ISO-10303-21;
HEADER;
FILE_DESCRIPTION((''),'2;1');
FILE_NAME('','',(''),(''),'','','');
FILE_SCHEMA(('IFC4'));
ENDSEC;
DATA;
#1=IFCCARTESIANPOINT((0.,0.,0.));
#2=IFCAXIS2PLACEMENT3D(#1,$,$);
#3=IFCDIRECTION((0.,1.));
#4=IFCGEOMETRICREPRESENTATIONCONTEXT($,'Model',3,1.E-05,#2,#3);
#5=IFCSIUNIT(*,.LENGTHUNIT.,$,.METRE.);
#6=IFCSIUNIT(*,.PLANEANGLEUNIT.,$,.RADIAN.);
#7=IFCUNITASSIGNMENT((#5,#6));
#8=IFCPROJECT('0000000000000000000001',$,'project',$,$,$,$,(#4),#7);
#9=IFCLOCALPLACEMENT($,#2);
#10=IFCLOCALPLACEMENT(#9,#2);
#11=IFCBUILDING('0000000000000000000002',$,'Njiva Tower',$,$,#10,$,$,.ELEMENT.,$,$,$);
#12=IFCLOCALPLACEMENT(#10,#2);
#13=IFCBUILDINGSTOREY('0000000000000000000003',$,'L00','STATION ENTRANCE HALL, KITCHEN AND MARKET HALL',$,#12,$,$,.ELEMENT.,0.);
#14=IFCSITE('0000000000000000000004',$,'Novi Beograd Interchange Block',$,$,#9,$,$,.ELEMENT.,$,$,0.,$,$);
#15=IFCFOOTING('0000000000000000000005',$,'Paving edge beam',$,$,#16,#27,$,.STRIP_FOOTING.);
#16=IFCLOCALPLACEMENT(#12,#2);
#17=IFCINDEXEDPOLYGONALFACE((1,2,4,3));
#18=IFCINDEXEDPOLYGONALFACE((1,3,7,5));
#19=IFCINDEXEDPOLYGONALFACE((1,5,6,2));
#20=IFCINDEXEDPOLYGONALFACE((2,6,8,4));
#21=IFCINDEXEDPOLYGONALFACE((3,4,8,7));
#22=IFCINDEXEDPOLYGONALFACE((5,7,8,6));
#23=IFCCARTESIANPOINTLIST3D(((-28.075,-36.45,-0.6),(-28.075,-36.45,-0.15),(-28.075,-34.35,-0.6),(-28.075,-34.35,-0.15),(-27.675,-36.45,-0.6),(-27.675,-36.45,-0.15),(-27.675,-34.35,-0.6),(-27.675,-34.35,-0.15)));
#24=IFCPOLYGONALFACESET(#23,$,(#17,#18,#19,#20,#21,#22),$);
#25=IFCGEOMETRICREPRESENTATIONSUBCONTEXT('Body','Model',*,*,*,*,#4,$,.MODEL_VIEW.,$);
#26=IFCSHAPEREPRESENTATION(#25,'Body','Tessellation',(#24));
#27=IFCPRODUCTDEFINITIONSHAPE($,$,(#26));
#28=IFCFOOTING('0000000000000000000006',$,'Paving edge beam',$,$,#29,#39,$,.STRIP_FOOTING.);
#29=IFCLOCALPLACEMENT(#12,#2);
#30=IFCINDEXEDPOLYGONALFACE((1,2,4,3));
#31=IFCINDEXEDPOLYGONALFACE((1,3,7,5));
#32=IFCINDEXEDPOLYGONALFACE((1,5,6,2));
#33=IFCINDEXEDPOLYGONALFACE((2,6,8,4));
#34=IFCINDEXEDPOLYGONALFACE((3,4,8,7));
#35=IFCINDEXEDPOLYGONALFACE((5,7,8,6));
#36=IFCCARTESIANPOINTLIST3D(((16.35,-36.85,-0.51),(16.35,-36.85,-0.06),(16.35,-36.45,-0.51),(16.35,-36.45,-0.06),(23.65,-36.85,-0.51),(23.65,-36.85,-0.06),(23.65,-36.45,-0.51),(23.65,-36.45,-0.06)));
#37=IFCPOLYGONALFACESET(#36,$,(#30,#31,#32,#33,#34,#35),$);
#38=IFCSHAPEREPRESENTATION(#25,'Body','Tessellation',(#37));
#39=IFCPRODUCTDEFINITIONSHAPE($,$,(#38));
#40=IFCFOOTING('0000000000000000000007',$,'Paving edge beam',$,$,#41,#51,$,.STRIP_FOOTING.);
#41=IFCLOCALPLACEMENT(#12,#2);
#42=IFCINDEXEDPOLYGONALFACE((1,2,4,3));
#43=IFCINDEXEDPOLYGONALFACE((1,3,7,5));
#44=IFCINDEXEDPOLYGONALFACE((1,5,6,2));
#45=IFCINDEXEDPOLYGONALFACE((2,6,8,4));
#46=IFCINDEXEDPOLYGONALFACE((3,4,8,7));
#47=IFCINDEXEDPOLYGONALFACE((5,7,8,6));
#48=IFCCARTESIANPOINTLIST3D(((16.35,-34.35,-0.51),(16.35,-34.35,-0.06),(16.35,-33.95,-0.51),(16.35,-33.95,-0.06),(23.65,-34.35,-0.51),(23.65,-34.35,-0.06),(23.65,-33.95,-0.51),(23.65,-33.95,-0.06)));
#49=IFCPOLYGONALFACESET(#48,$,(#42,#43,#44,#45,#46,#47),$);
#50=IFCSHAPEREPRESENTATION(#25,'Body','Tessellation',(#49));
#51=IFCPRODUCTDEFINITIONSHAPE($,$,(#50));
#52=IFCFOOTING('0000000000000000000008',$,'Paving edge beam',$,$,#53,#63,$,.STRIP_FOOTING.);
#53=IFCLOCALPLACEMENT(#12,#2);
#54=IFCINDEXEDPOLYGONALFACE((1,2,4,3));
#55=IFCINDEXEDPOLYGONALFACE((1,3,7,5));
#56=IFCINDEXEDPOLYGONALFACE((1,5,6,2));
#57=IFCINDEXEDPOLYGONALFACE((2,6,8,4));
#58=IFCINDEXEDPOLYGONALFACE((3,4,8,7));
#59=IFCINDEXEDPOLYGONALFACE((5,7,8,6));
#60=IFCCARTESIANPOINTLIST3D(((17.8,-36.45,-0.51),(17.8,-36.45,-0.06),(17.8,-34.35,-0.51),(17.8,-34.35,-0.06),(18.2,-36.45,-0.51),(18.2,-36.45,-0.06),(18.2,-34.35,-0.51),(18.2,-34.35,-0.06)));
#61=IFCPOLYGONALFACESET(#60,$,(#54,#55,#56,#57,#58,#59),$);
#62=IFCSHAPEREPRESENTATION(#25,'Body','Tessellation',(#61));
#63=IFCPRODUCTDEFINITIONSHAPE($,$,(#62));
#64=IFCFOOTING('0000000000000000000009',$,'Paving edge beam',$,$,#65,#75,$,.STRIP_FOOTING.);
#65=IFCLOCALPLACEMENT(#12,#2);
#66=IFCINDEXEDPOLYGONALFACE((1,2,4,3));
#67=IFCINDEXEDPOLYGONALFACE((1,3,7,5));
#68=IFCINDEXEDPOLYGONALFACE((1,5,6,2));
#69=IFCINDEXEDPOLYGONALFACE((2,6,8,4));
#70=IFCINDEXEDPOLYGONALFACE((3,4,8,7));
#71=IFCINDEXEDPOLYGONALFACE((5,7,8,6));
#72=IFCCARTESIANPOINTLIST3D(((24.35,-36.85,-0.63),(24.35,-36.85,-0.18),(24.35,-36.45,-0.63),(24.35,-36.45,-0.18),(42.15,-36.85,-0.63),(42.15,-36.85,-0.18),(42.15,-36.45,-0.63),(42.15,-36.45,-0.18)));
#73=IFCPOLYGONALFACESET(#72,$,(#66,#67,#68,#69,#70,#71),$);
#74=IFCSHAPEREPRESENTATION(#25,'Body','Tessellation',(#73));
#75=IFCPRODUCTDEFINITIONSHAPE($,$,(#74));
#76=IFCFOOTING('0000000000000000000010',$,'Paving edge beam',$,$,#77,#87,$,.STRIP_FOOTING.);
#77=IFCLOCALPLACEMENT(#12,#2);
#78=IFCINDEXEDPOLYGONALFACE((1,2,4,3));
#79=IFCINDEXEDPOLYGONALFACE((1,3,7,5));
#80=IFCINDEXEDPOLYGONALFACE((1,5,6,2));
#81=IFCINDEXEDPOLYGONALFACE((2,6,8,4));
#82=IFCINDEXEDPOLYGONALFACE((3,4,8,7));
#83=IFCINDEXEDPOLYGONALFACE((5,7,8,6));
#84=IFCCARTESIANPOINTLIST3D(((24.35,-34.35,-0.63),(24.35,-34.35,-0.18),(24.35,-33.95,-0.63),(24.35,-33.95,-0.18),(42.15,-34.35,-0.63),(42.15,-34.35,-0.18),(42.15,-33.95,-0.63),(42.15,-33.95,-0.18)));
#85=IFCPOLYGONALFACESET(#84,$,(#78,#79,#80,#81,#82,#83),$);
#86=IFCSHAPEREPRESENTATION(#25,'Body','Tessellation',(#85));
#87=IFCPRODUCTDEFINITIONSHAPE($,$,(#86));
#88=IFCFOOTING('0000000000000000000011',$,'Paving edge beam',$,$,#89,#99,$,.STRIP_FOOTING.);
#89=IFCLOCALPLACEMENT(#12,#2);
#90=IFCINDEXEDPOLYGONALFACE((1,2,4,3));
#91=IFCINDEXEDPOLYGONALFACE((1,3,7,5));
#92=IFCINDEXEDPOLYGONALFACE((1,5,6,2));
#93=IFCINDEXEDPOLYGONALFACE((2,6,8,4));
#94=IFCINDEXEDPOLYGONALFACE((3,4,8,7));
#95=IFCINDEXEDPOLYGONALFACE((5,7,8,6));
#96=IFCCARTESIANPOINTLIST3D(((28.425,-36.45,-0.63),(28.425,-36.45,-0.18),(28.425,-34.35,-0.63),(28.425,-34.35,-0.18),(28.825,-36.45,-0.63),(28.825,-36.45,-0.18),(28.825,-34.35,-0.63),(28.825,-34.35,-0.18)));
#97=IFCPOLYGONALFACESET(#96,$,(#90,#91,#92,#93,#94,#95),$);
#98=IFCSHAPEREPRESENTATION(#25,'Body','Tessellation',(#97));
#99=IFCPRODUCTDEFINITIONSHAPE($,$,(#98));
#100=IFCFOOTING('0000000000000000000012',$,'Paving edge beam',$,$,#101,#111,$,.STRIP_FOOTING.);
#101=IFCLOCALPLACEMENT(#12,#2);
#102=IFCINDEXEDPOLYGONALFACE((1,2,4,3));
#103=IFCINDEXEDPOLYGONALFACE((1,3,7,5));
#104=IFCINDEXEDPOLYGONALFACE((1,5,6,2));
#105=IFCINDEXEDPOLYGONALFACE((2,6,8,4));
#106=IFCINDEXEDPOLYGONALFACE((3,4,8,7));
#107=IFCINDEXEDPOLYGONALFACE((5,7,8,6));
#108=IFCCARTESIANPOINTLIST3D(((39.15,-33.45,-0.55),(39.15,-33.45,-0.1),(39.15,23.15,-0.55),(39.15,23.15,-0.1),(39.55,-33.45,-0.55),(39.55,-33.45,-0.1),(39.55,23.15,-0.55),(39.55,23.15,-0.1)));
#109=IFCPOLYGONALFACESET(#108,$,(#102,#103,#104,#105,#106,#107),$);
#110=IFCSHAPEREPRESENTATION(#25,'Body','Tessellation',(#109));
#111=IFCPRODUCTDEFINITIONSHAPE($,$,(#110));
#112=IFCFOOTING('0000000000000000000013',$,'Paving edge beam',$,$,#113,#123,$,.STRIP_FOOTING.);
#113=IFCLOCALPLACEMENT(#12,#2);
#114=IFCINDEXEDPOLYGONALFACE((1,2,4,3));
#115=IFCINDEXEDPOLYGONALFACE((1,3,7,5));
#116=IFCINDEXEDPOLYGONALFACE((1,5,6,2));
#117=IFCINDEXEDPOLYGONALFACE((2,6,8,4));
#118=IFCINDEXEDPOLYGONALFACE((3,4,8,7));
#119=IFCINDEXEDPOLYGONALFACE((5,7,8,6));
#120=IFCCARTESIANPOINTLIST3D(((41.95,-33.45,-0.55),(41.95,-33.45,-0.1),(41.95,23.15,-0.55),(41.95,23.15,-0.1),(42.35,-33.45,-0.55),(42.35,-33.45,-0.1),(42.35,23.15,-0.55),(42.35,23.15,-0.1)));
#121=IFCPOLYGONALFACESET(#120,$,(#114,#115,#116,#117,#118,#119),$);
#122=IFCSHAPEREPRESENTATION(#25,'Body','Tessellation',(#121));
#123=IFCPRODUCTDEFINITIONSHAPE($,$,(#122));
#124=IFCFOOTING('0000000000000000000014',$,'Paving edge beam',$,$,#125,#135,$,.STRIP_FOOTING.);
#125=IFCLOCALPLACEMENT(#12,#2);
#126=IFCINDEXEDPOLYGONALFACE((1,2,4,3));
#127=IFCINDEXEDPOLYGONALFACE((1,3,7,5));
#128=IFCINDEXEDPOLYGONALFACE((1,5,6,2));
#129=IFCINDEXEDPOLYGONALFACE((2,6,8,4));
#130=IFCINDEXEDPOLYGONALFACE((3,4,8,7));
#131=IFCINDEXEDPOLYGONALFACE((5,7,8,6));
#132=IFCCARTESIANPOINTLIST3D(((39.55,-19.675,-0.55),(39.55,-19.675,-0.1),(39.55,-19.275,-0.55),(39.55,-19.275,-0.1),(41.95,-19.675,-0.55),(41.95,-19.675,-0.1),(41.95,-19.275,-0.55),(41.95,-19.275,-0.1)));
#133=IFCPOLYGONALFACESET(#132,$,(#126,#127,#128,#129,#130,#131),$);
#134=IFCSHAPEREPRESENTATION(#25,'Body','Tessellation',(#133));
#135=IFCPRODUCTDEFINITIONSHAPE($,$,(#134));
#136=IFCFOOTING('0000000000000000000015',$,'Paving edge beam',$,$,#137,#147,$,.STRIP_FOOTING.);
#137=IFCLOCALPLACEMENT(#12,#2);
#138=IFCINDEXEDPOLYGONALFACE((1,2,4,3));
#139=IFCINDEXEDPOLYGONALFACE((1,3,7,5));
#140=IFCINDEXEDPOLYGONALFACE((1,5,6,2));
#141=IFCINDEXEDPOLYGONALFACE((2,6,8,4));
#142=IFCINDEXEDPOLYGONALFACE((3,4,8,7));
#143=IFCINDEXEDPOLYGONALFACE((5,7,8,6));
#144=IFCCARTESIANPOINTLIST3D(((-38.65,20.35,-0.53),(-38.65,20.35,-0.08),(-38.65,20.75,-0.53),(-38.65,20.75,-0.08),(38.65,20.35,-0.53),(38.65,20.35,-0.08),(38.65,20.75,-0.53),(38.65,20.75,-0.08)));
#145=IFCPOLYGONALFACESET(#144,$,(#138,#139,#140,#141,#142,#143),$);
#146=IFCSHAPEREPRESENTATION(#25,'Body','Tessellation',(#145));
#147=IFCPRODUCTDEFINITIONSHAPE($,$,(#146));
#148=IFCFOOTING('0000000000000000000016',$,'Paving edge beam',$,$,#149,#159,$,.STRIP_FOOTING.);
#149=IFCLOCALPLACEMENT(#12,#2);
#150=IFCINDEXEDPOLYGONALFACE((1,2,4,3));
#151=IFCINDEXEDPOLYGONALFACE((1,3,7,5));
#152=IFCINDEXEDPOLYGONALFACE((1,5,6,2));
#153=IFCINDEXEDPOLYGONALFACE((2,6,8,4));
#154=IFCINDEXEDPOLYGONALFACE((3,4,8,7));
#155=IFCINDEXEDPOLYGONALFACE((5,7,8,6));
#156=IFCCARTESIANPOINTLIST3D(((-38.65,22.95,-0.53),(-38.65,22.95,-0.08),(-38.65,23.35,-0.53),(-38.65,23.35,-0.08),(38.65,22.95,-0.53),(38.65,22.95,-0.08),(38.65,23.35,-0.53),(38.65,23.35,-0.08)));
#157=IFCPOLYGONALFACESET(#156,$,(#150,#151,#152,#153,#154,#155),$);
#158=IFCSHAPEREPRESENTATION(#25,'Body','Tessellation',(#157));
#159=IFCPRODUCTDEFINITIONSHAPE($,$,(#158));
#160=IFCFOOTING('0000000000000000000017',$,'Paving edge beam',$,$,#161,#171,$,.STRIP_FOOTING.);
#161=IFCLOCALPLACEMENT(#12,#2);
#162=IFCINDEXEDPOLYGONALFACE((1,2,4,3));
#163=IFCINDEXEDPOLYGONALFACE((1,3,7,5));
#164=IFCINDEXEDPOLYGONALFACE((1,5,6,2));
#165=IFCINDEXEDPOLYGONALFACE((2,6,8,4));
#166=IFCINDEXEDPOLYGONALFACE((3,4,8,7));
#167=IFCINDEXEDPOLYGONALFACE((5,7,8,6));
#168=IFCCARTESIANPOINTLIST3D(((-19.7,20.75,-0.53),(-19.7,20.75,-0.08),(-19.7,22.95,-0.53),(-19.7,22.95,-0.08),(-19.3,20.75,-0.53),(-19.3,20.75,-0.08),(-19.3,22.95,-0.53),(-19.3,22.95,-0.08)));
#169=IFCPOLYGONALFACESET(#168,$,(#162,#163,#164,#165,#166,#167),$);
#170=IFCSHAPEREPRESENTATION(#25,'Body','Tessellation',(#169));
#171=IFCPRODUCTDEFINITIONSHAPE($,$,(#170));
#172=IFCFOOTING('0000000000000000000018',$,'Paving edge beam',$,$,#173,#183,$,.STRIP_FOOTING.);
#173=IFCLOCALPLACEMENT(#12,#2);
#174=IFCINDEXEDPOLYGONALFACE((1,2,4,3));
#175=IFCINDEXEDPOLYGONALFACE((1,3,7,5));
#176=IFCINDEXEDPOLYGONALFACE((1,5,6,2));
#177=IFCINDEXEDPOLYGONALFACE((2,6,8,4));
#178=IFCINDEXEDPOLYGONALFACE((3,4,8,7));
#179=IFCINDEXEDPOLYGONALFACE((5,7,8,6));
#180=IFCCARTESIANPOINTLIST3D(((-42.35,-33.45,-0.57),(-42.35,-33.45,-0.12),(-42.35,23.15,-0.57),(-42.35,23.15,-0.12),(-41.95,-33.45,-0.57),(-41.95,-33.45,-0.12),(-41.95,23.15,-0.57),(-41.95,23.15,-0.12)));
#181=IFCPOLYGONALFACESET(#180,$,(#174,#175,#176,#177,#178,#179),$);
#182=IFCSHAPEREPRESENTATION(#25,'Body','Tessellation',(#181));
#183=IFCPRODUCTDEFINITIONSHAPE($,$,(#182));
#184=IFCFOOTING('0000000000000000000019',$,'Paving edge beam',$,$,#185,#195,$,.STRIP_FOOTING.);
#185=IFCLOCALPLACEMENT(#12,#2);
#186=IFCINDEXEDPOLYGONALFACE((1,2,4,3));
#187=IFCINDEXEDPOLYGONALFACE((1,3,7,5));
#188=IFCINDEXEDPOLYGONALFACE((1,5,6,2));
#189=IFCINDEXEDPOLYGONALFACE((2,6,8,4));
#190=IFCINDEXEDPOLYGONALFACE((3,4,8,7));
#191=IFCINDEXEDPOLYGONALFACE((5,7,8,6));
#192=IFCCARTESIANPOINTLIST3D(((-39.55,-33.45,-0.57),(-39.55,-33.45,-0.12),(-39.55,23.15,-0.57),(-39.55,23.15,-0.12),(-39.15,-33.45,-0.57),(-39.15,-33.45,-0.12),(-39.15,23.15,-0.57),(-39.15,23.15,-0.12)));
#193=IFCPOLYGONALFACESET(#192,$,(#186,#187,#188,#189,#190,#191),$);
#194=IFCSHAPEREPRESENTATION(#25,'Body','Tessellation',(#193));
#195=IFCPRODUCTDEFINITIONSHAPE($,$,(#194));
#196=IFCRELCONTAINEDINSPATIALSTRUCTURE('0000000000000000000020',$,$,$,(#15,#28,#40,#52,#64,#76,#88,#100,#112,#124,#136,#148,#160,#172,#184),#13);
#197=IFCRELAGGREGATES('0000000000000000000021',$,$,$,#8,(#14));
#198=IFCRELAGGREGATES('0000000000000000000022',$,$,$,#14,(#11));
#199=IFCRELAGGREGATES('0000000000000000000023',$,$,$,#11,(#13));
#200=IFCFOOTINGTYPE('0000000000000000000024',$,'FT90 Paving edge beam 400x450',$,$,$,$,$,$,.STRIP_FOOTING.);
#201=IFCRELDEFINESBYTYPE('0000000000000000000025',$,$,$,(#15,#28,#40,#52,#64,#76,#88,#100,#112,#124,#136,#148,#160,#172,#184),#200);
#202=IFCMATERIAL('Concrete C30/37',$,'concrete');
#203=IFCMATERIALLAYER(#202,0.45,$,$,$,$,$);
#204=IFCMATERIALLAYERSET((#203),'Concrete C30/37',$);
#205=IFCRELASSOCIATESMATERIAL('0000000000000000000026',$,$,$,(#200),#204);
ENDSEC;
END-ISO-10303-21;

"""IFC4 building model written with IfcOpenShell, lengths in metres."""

from ifc_helpers import new_model, si_unit, direction, frame, origin, place, context, subcontext, project, spatial, polyline, outline, extrude, material, layer, layer_set, type_object, element, save


model = new_model("IFC4")

# Units and contexts
model_context = context("Model", 3, precision=1e-05, world=origin(), true_north=direction((0.0, 1.0)))
body_context = subcontext(model_context, "Body", "Model", "MODEL_VIEW")
ifc_project = project(units=[si_unit("LENGTHUNIT", "METRE"), si_unit("PLANEANGLEUNIT", "RADIAN")], contexts=[model_context])

# Site, building, storey
site_placement = place(None, origin())
site = spatial("IfcSite", under=ifc_project, at=site_placement, Name="Novi Beograd Interchange Block", CompositionType="ELEMENT", RefElevation=0.0)
building_placement = place(site_placement, origin())
building = spatial("IfcBuilding", under=site, at=building_placement, Name="Njiva Tower", CompositionType="ELEMENT")
storey_placement = place(building_placement, origin())
storey = spatial("IfcBuildingStorey", under=building, at=storey_placement, Name="L00", Description="STATION ENTRANCE HALL, KITCHEN AND MARKET HALL", CompositionType="ELEMENT", Elevation=0.0)

# Footings
ifc_material_1 = material(Name="Concrete C30/37", Category="concrete")
ifc_layer_1 = layer(ifc_material_1, 0.45)
ifc_layer_set_1 = layer_set([ifc_layer_1], Name="Concrete C30/37")
footing_type = type_object("IfcFootingType", Name="FT90 Paving edge beam 400x450", PredefinedType="STRIP_FOOTING", material=ifc_layer_set_1)
footing_1_placement = place(storey_placement, frame((0.0, 0.0, -0.6)))
element("IfcFooting", 1, at=footing_1_placement, inside=storey, type_object=footing_type, Name="Paving edge beam", PredefinedType="STRIP_FOOTING", context=body_context, shape_type="SweptSolid", body=[
    extrude(outline(polyline([(-27.675, -36.45), (-27.675, -34.35), (-28.075, -34.35), (-28.075, -36.45), (-27.675, -36.45)])), origin(), (0.0, 0.0, 1.0), 0.45),
])
footing_2_placement = place(storey_placement, frame((0.0, 0.0, -0.51)))
element("IfcFooting", 2, at=footing_2_placement, inside=storey, type_object=footing_type, Name="Paving edge beam", PredefinedType="STRIP_FOOTING", context=body_context, shape_type="SweptSolid", body=[
    extrude(outline(polyline([(23.65, -36.85), (23.65, -36.45), (16.35, -36.45), (16.35, -36.85), (23.65, -36.85)])), origin(), (0.0, 0.0, 1.0), 0.45),
])
footing_3_placement = place(storey_placement, frame((0.0, 0.0, -0.51)))
element("IfcFooting", 3, at=footing_3_placement, inside=storey, type_object=footing_type, Name="Paving edge beam", PredefinedType="STRIP_FOOTING", context=body_context, shape_type="SweptSolid", body=[
    extrude(outline(polyline([(23.65, -34.35), (23.65, -33.95), (16.35, -33.95), (16.35, -34.35), (23.65, -34.35)])), origin(), (0.0, 0.0, 1.0), 0.45),
])
footing_4_placement = place(storey_placement, frame((0.0, 0.0, -0.51)))
element("IfcFooting", 4, at=footing_4_placement, inside=storey, type_object=footing_type, Name="Paving edge beam", PredefinedType="STRIP_FOOTING", context=body_context, shape_type="SweptSolid", body=[
    extrude(outline(polyline([(18.2, -36.45), (18.2, -34.35), (17.8, -34.35), (17.8, -36.45), (18.2, -36.45)])), origin(), (0.0, 0.0, 1.0), 0.45),
])
footing_5_placement = place(storey_placement, frame((0.0, 0.0, -0.63)))
element("IfcFooting", 5, at=footing_5_placement, inside=storey, type_object=footing_type, Name="Paving edge beam", PredefinedType="STRIP_FOOTING", context=body_context, shape_type="SweptSolid", body=[
    extrude(outline(polyline([(42.15, -36.85), (42.15, -36.45), (24.35, -36.45), (24.35, -36.85), (42.15, -36.85)])), origin(), (0.0, 0.0, 1.0), 0.45),
])
footing_6_placement = place(storey_placement, frame((0.0, 0.0, -0.63)))
element("IfcFooting", 6, at=footing_6_placement, inside=storey, type_object=footing_type, Name="Paving edge beam", PredefinedType="STRIP_FOOTING", context=body_context, shape_type="SweptSolid", body=[
    extrude(outline(polyline([(42.15, -34.35), (42.15, -33.95), (24.35, -33.95), (24.35, -34.35), (42.15, -34.35)])), origin(), (0.0, 0.0, 1.0), 0.45),
])
footing_7_placement = place(storey_placement, frame((0.0, 0.0, -0.63)))
element("IfcFooting", 7, at=footing_7_placement, inside=storey, type_object=footing_type, Name="Paving edge beam", PredefinedType="STRIP_FOOTING", context=body_context, shape_type="SweptSolid", body=[
    extrude(outline(polyline([(28.825, -36.45), (28.825, -34.35), (28.425, -34.35), (28.425, -36.45), (28.825, -36.45)])), origin(), (0.0, 0.0, 1.0), 0.45),
])
footing_8_placement = place(storey_placement, frame((0.0, 0.0, -0.55)))
element("IfcFooting", 8, at=footing_8_placement, inside=storey, type_object=footing_type, Name="Paving edge beam", PredefinedType="STRIP_FOOTING", context=body_context, shape_type="SweptSolid", body=[
    extrude(outline(polyline([(39.55, -33.45), (39.55, 23.15), (39.15, 23.15), (39.15, -33.45), (39.55, -33.45)])), origin(), (0.0, 0.0, 1.0), 0.45),
])
footing_9_placement = place(storey_placement, frame((0.0, 0.0, -0.55)))
element("IfcFooting", 9, at=footing_9_placement, inside=storey, type_object=footing_type, Name="Paving edge beam", PredefinedType="STRIP_FOOTING", context=body_context, shape_type="SweptSolid", body=[
    extrude(outline(polyline([(42.35, -33.45), (42.35, 23.15), (41.95, 23.15), (41.95, -33.45), (42.35, -33.45)])), origin(), (0.0, 0.0, 1.0), 0.45),
])
footing_10_placement = place(storey_placement, frame((0.0, 0.0, -0.55)))
element("IfcFooting", 10, at=footing_10_placement, inside=storey, type_object=footing_type, Name="Paving edge beam", PredefinedType="STRIP_FOOTING", context=body_context, shape_type="SweptSolid", body=[
    extrude(outline(polyline([(41.95, -19.675), (41.95, -19.275), (39.55, -19.275), (39.55, -19.675), (41.95, -19.675)])), origin(), (0.0, 0.0, 1.0), 0.45),
])
footing_11_placement = place(storey_placement, frame((0.0, 0.0, -0.53)))
element("IfcFooting", 11, at=footing_11_placement, inside=storey, type_object=footing_type, Name="Paving edge beam", PredefinedType="STRIP_FOOTING", context=body_context, shape_type="SweptSolid", body=[
    extrude(outline(polyline([(38.65, 20.35), (38.65, 20.75), (-38.65, 20.75), (-38.65, 20.35), (38.65, 20.35)])), origin(), (0.0, 0.0, 1.0), 0.45),
])
footing_12_placement = place(storey_placement, frame((0.0, 0.0, -0.53)))
element("IfcFooting", 12, at=footing_12_placement, inside=storey, type_object=footing_type, Name="Paving edge beam", PredefinedType="STRIP_FOOTING", context=body_context, shape_type="SweptSolid", body=[
    extrude(outline(polyline([(38.65, 22.95), (38.65, 23.35), (-38.65, 23.35), (-38.65, 22.95), (38.65, 22.95)])), origin(), (0.0, 0.0, 1.0), 0.45),
])
footing_13_placement = place(storey_placement, frame((0.0, 0.0, -0.53)))
element("IfcFooting", 13, at=footing_13_placement, inside=storey, type_object=footing_type, Name="Paving edge beam", PredefinedType="STRIP_FOOTING", context=body_context, shape_type="SweptSolid", body=[
    extrude(outline(polyline([(-19.3, 20.75), (-19.3, 22.95), (-19.7, 22.95), (-19.7, 20.75), (-19.3, 20.75)])), origin(), (0.0, 0.0, 1.0), 0.45),
])
footing_14_placement = place(storey_placement, frame((0.0, 0.0, -0.57)))
element("IfcFooting", 14, at=footing_14_placement, inside=storey, type_object=footing_type, Name="Paving edge beam", PredefinedType="STRIP_FOOTING", context=body_context, shape_type="SweptSolid", body=[
    extrude(outline(polyline([(-41.95, -33.45), (-41.95, 23.15), (-42.35, 23.15), (-42.35, -33.45), (-41.95, -33.45)])), origin(), (0.0, 0.0, 1.0), 0.45),
])
footing_15_placement = place(storey_placement, frame((0.0, 0.0, -0.57)))
element("IfcFooting", 15, at=footing_15_placement, inside=storey, type_object=footing_type, Name="Paving edge beam", PredefinedType="STRIP_FOOTING", context=body_context, shape_type="SweptSolid", body=[
    extrude(outline(polyline([(-39.15, -33.45), (-39.15, 23.15), (-39.55, 23.15), (-39.55, -33.45), (-39.15, -33.45)])), origin(), (0.0, 0.0, 1.0), 0.45),
])

save(model, "model.ifc")
